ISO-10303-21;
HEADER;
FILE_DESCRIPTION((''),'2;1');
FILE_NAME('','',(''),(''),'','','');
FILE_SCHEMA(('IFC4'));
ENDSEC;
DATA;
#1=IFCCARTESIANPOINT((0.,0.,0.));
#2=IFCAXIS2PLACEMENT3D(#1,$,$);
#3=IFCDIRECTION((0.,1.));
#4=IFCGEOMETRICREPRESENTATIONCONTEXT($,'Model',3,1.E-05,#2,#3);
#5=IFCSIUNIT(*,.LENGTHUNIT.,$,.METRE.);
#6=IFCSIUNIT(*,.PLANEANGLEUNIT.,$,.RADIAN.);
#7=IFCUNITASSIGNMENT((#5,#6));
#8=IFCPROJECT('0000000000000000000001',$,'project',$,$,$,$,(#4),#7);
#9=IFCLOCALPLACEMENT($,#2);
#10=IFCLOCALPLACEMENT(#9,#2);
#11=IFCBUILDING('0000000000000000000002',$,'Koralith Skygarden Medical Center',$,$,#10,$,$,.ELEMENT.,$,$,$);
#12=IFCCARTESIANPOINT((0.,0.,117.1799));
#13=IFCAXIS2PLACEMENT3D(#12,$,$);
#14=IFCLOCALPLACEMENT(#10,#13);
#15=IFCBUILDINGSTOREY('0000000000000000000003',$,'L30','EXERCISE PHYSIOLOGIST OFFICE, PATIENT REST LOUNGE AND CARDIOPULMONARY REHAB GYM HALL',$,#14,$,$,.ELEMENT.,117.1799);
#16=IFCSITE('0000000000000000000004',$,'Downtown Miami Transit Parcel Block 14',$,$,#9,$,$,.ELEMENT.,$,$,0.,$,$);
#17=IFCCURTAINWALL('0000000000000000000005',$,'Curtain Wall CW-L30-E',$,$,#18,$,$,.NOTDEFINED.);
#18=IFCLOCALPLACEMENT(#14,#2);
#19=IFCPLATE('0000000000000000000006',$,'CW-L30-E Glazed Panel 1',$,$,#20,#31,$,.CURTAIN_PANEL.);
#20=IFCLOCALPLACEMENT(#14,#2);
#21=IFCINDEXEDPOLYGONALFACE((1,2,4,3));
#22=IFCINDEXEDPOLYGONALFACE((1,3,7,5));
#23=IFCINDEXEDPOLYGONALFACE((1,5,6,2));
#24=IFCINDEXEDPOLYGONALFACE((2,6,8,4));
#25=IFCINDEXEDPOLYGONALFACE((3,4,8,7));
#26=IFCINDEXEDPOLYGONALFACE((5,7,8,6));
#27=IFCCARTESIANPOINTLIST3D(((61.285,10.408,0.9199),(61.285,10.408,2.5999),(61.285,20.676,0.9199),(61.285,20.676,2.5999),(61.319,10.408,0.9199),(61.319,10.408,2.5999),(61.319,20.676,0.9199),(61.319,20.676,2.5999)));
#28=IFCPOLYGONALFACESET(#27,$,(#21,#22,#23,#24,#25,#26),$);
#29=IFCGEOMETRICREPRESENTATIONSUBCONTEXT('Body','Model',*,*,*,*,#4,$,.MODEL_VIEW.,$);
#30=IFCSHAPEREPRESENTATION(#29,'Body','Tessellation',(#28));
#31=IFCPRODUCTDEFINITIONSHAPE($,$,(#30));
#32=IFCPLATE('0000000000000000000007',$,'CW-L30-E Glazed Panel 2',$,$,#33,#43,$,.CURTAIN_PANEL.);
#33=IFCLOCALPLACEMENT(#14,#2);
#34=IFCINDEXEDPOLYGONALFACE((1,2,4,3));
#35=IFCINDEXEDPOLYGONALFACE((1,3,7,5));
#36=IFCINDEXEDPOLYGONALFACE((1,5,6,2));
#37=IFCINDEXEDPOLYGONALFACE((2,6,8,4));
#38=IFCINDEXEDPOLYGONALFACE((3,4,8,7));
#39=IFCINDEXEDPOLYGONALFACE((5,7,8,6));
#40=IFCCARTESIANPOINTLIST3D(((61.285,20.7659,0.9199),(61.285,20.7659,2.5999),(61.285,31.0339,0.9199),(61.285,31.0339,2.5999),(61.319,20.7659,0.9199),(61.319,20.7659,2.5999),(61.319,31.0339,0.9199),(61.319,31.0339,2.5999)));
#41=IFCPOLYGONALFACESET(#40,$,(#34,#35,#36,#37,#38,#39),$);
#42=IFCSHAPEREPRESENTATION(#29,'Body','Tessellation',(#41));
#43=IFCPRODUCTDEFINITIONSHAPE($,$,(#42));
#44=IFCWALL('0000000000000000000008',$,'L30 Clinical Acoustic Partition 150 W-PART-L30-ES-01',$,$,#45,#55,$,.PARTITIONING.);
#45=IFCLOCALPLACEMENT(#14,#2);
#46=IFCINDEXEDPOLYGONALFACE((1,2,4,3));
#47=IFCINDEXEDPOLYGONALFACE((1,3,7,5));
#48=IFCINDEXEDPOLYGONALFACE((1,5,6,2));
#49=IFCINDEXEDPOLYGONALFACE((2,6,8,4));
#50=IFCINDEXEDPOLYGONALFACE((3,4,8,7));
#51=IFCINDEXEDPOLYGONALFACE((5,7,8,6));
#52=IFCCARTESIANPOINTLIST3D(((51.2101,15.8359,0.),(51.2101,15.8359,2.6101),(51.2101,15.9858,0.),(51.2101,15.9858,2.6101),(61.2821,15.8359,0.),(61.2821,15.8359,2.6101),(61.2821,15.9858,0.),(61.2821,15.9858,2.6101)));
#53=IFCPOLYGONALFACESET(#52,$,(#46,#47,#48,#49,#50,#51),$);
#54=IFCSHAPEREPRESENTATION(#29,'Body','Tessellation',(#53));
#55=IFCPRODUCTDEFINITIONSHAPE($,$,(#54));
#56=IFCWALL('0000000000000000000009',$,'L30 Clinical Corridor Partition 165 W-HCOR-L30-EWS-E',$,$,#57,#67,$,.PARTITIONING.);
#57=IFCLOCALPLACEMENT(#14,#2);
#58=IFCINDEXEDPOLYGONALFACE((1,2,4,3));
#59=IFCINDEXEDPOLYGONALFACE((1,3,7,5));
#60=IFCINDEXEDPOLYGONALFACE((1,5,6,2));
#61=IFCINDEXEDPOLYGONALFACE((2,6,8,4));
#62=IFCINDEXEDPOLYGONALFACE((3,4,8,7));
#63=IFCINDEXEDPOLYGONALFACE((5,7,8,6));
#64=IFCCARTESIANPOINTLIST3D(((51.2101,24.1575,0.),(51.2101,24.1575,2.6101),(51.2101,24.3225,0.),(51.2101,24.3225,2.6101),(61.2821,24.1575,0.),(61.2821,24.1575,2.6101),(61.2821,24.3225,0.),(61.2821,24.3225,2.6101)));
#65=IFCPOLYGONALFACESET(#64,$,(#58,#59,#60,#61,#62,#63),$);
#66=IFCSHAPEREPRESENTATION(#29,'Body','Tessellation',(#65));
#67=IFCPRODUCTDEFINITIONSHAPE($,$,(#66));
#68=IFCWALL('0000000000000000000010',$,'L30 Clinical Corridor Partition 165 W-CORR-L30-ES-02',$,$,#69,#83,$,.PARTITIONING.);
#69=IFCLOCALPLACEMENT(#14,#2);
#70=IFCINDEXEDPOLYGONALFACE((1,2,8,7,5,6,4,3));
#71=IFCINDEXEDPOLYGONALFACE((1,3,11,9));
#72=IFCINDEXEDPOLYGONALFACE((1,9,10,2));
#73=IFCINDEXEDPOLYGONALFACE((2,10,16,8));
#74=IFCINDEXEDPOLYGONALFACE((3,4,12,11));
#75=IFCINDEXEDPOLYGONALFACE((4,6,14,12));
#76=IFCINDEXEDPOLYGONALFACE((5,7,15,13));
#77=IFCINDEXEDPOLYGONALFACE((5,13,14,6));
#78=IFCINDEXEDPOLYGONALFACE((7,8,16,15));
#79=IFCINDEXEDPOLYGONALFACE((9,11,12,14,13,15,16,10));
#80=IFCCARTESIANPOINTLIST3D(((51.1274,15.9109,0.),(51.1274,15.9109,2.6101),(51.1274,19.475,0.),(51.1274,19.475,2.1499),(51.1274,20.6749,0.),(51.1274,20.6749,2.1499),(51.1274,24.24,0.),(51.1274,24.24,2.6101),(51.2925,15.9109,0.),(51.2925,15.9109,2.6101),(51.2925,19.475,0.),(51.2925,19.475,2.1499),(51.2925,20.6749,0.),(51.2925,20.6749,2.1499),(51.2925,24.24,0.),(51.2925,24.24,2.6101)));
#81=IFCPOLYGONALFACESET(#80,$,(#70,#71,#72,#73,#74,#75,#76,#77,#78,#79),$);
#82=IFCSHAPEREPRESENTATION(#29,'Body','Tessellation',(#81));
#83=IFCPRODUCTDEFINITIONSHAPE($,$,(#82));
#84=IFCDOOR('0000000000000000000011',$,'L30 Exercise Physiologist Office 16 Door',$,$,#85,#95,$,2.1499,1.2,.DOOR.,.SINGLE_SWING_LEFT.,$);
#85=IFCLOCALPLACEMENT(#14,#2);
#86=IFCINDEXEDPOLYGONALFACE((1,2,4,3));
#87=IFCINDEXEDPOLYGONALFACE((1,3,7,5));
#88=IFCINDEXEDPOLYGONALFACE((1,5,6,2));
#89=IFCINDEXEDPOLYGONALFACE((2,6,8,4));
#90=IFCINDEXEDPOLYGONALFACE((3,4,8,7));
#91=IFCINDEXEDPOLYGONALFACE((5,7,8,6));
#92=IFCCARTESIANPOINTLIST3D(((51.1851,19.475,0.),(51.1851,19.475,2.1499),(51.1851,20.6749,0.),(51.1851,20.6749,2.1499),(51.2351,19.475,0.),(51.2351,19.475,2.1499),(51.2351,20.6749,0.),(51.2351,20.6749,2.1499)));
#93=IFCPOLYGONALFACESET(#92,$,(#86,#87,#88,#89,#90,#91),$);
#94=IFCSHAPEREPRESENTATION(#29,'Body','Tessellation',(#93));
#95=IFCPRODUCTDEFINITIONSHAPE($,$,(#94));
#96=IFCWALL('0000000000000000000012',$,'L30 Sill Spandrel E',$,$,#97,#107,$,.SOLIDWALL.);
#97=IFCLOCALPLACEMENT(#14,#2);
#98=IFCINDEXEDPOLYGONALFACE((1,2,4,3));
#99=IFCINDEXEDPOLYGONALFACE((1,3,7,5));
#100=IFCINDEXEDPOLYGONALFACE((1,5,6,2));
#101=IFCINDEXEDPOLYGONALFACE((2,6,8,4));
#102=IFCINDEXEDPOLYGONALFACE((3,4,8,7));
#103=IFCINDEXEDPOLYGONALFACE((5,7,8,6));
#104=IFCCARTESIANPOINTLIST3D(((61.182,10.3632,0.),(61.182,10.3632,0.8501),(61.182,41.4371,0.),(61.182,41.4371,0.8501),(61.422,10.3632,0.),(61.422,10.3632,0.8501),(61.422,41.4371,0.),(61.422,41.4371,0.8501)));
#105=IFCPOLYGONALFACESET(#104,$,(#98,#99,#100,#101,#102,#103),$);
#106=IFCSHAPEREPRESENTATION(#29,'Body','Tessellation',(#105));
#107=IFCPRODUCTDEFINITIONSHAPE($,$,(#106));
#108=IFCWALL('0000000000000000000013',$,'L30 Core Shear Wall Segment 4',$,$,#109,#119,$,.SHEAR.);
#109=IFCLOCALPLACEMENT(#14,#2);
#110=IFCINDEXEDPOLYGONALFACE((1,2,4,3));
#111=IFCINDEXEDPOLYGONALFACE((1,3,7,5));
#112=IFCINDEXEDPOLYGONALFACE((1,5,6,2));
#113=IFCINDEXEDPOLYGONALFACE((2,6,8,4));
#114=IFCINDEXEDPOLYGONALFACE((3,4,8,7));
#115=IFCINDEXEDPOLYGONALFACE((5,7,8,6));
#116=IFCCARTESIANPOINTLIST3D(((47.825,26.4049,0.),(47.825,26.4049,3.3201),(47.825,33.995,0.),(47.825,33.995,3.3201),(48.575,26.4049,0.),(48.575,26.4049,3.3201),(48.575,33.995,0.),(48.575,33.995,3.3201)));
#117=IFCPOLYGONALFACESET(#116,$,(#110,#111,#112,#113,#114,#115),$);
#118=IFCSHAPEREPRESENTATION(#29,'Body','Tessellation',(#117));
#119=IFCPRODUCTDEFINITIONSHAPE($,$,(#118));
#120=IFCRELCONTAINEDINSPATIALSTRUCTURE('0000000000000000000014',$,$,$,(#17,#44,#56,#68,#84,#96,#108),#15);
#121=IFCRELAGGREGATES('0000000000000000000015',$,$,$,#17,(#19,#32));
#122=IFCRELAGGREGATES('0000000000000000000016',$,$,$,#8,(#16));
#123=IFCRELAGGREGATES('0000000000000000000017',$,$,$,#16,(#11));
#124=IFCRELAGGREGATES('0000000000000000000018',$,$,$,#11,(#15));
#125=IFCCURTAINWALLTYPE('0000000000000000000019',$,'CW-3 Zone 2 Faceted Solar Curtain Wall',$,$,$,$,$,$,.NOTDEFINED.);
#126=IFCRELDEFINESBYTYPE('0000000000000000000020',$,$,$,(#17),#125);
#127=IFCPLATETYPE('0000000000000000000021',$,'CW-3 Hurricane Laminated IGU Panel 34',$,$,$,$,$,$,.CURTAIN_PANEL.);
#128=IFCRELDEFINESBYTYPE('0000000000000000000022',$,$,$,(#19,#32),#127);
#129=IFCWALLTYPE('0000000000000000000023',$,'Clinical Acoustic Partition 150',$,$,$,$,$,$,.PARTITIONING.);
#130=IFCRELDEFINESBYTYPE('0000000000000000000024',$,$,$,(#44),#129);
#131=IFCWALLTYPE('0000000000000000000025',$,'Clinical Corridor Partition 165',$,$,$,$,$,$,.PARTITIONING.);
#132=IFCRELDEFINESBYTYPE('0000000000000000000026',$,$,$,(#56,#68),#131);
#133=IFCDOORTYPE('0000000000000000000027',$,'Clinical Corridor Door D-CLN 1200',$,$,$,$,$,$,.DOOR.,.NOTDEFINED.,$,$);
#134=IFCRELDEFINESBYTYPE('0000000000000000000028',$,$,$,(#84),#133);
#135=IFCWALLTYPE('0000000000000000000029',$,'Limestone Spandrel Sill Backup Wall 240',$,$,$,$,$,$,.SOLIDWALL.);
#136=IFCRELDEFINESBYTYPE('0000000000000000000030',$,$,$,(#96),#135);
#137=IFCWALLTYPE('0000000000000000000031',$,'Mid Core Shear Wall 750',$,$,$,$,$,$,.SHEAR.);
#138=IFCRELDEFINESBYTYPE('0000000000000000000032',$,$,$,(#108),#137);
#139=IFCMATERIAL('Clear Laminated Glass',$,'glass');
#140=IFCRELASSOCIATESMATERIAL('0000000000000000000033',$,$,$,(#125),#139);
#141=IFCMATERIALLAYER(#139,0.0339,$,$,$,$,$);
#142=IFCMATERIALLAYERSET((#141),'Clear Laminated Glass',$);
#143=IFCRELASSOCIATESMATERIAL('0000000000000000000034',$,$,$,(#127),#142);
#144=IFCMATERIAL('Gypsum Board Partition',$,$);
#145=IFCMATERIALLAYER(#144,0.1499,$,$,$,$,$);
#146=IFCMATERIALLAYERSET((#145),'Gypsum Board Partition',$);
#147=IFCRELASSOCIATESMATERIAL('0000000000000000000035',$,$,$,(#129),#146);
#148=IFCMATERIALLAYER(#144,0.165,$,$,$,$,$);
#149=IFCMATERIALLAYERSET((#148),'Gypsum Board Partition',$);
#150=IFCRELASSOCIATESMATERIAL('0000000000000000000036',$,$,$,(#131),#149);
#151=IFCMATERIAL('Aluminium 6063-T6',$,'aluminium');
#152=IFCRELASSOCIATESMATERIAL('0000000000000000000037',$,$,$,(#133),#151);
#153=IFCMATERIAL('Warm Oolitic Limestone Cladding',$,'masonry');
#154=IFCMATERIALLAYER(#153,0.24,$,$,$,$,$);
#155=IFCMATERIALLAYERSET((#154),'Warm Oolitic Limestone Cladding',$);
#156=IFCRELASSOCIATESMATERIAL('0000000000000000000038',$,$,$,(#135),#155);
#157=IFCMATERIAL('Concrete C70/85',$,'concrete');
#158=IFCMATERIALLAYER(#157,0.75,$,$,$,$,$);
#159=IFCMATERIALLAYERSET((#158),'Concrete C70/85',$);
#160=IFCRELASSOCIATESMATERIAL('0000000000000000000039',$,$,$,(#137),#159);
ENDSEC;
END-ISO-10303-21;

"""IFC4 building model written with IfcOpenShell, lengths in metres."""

from ifc_helpers import new_model, si_unit, direction, frame, frame_2d, origin, origin_2d, place, context, subcontext, project, spatial, rectangle, extrude, material, layer, layer_set, type_object, element, fill, aggregate, save


model = new_model("IFC4")

# Units and contexts
model_context = context("Model", 3, precision=1e-05, world=origin(), true_north=direction((0.0, 1.0)))
body_context = subcontext(model_context, "Body", "Model", "MODEL_VIEW")
ifc_project = project(units=[si_unit("LENGTHUNIT", "METRE"), si_unit("PLANEANGLEUNIT", "RADIAN")], contexts=[model_context])

# Site, building, storey
site_placement = place(None, origin())
site = spatial("IfcSite", under=ifc_project, at=site_placement, Name="Downtown Miami Transit Parcel Block 14", CompositionType="ELEMENT", RefElevation=0.0)
building_placement = place(site_placement, origin())
building = spatial("IfcBuilding", under=site, at=building_placement, Name="Koralith Skygarden Medical Center", CompositionType="ELEMENT")
storey_placement = place(building_placement, frame((0.0, 0.0, 117.1799)))
storey = spatial("IfcBuildingStorey", under=building, at=storey_placement, Name="L30", Description="EXERCISE PHYSIOLOGIST OFFICE, PATIENT REST LOUNGE AND CARDIOPULMONARY REHAB GYM HALL", CompositionType="ELEMENT", Elevation=117.1799)

# Shared definitions
ifc_material_1 = material(Name="Concrete C70/85", Category="concrete")

# Curtain wall
ifc_material_2 = material(Name="Clear Laminated Glass", Category="glass")
curtain_wall_type = type_object("IfcCurtainWallType", Name="CW-3 Zone 2 Faceted Solar Curtain Wall", PredefinedType="NOTDEFINED", material=ifc_material_2)
curtain_wall_placement = place(storey_placement, origin())
curtain_wall = element("IfcCurtainWall", 1, at=curtain_wall_placement, inside=storey, type_object=curtain_wall_type, Name="Curtain Wall CW-L30-E", PredefinedType="NOTDEFINED")
ifc_material_3 = material(Name="Aluminium 6063-T6", Category="aluminium")

# Plates
ifc_layer_1 = layer(ifc_material_2, 0.0339)
ifc_layer_set_1 = layer_set([ifc_layer_1], Name="Clear Laminated Glass")
plate_type = type_object("IfcPlateType", Name="CW-3 Hurricane Laminated IGU Panel 34", PredefinedType="CURTAIN_PANEL", material=ifc_layer_set_1)
plate_1_placement = place(storey_placement, frame((61.302, 15.542, 0.9199), z_axis=(0.0, 0.0, 1.0), x_axis=(0.0, 1.0, 0.0)))
plate_1 = element("IfcPlate", 2, at=plate_1_placement, type_object=plate_type, Name="CW-L30-E Glazed Panel 1", PredefinedType="CURTAIN_PANEL", context=body_context, shape_type="SweptSolid", body=[
    extrude(rectangle(XDim=10.2681, YDim=0.0339, at=origin_2d()), origin(), (0.0, 0.0, 1.0), 1.6799),
])
plate_2_placement = place(storey_placement, frame((61.302, 25.8999, 0.9199), z_axis=(0.0, 0.0, 1.0), x_axis=(0.0, 1.0, 0.0)))
plate_2 = element("IfcPlate", 3, at=plate_2_placement, type_object=plate_type, Name="CW-L30-E Glazed Panel 2", PredefinedType="CURTAIN_PANEL", context=body_context, shape_type="SweptSolid", body=[
    extrude(rectangle(XDim=10.2681, YDim=0.0339, at=origin_2d()), origin(), (0.0, 0.0, 1.0), 1.6799),
])
aggregate(curtain_wall, [plate_1, plate_2])

# Walls
ifc_material_4 = material(Name="Gypsum Board Partition")
ifc_layer_2 = layer(ifc_material_4, 0.1499)
ifc_layer_set_2 = layer_set([ifc_layer_2], Name="Gypsum Board Partition")
wall_type_1 = type_object("IfcWallType", Name="Clinical Acoustic Partition 150", PredefinedType="PARTITIONING", material=ifc_layer_set_2)
wall_1_placement = place(storey_placement, frame((51.21, 15.9109, 0.0), z_axis=(0.0, 0.0, 1.0), x_axis=(1.0, 0.0, 0.0)))
element("IfcWall", 4, at=wall_1_placement, inside=storey, type_object=wall_type_1, Name="L30 Clinical Acoustic Partition 150 W-PART-L30-ES-01", PredefinedType="PARTITIONING", context=body_context, shape_type="SweptSolid", body=[
    extrude(rectangle(XDim=10.072, YDim=0.1499, at=frame_2d((5.0361, 0.0))), origin(), (0.0, 0.0, 1.0), 2.6101),
])
ifc_layer_3 = layer(ifc_material_4, 0.165)
ifc_layer_set_3 = layer_set([ifc_layer_3], Name="Gypsum Board Partition")
wall_type_2 = type_object("IfcWallType", Name="Clinical Corridor Partition 165", PredefinedType="PARTITIONING", material=ifc_layer_set_3)
wall_2_placement = place(storey_placement, frame((51.21, 24.24, 0.0), z_axis=(0.0, 0.0, 1.0), x_axis=(1.0, 0.0, 0.0)))
element("IfcWall", 5, at=wall_2_placement, inside=storey, type_object=wall_type_2, Name="L30 Clinical Corridor Partition 165 W-HCOR-L30-EWS-E", PredefinedType="PARTITIONING", context=body_context, shape_type="SweptSolid", body=[
    extrude(rectangle(XDim=10.072, YDim=0.165, at=frame_2d((5.0361, 0.0))), origin(), (0.0, 0.0, 1.0), 2.6101),
])

# Wall, opening, door
wall_3_placement = place(storey_placement, frame((51.21, 15.9109, 0.0), z_axis=(0.0, 0.0, 1.0), x_axis=(0.0, 1.0, 0.0)))
wall_3 = element("IfcWall", 6, at=wall_3_placement, inside=storey, type_object=wall_type_2, Name="L30 Clinical Corridor Partition 165 W-CORR-L30-ES-02", PredefinedType="PARTITIONING", context=body_context, shape_type="SweptSolid", body=[
    extrude(rectangle(XDim=8.3291, YDim=0.165, at=frame_2d((4.1646, 0.0))), origin(), (0.0, 0.0, 1.0), 2.6101),
])
opening_placement = place(wall_3_placement, frame((3.564, 0.0, 0.0)))
opening = element("IfcOpeningElement", 7, at=opening_placement, cuts=wall_3, PredefinedType="OPENING", context=body_context, shape_type="SweptSolid", body=[
    extrude(rectangle(XDim=1.2, YDim=2.1499, at=frame_2d((0.6001, 1.075))), frame((0.0, 0.0925, 0.0), z_axis=(0.0, -1.0, 0.0), x_axis=(1.0, 0.0, 0.0)), (0.0, 0.0, 1.0), 0.1851),
])
door_type = type_object("IfcDoorType", Name="Clinical Corridor Door D-CLN 1200", OperationType="NOTDEFINED", PredefinedType="DOOR", material=ifc_material_3)
door_placement = place(opening_placement, origin())
door = element("IfcDoor", 8, at=door_placement, inside=storey, type_object=door_type, Name="L30 Exercise Physiologist Office 16 Door", OperationType="SINGLE_SWING_LEFT", OverallHeight=2.1499, OverallWidth=1.2, PredefinedType="DOOR", context=body_context, shape_type="SweptSolid", body=[
    extrude(rectangle(XDim=1.2, YDim=2.1499, at=frame_2d((0.6001, 1.075))), frame((0.0, 0.0249, 0.0), z_axis=(0.0, -1.0, 0.0), x_axis=(1.0, 0.0, 0.0)), (0.0, 0.0, 1.0), 0.05),
])
fill(opening, door)

# Walls
ifc_material_5 = material(Name="Warm Oolitic Limestone Cladding", Category="masonry")
ifc_layer_4 = layer(ifc_material_5, 0.24)
ifc_layer_set_4 = layer_set([ifc_layer_4], Name="Warm Oolitic Limestone Cladding")
wall_type_3 = type_object("IfcWallType", Name="Limestone Spandrel Sill Backup Wall 240", PredefinedType="SOLIDWALL", material=ifc_layer_set_4)
wall_4_placement = place(storey_placement, frame((61.302, 10.363, 0.0), z_axis=(0.0, 0.0, 1.0), x_axis=(0.0, 1.0, 0.0)))
element("IfcWall", 9, at=wall_4_placement, inside=storey, type_object=wall_type_3, Name="L30 Sill Spandrel E", PredefinedType="SOLIDWALL", context=body_context, shape_type="SweptSolid", body=[
    extrude(rectangle(XDim=31.074, YDim=0.24, at=frame_2d((15.5371, 0.0))), origin(), (0.0, 0.0, 1.0), 0.8501),
])
ifc_layer_5 = layer(ifc_material_1, 0.75)
ifc_layer_set_5 = layer_set([ifc_layer_5], Name="Concrete C70/85")
wall_type_4 = type_object("IfcWallType", Name="Mid Core Shear Wall 750", PredefinedType="SHEAR", material=ifc_layer_set_5)
wall_5_placement = place(storey_placement, frame((48.2, 26.405, 0.0), z_axis=(0.0, 0.0, 1.0), x_axis=(0.0, 1.0, 0.0)))
element("IfcWall", 10, at=wall_5_placement, inside=storey, type_object=wall_type_4, Name="L30 Core Shear Wall Segment 4", PredefinedType="SHEAR", context=body_context, shape_type="SweptSolid", body=[
    extrude(rectangle(XDim=7.5901, YDim=0.75, at=frame_2d((3.7949, 0.0))), origin(), (0.0, 0.0, 1.0), 3.3201),
])

save(model, "model.ifc")
